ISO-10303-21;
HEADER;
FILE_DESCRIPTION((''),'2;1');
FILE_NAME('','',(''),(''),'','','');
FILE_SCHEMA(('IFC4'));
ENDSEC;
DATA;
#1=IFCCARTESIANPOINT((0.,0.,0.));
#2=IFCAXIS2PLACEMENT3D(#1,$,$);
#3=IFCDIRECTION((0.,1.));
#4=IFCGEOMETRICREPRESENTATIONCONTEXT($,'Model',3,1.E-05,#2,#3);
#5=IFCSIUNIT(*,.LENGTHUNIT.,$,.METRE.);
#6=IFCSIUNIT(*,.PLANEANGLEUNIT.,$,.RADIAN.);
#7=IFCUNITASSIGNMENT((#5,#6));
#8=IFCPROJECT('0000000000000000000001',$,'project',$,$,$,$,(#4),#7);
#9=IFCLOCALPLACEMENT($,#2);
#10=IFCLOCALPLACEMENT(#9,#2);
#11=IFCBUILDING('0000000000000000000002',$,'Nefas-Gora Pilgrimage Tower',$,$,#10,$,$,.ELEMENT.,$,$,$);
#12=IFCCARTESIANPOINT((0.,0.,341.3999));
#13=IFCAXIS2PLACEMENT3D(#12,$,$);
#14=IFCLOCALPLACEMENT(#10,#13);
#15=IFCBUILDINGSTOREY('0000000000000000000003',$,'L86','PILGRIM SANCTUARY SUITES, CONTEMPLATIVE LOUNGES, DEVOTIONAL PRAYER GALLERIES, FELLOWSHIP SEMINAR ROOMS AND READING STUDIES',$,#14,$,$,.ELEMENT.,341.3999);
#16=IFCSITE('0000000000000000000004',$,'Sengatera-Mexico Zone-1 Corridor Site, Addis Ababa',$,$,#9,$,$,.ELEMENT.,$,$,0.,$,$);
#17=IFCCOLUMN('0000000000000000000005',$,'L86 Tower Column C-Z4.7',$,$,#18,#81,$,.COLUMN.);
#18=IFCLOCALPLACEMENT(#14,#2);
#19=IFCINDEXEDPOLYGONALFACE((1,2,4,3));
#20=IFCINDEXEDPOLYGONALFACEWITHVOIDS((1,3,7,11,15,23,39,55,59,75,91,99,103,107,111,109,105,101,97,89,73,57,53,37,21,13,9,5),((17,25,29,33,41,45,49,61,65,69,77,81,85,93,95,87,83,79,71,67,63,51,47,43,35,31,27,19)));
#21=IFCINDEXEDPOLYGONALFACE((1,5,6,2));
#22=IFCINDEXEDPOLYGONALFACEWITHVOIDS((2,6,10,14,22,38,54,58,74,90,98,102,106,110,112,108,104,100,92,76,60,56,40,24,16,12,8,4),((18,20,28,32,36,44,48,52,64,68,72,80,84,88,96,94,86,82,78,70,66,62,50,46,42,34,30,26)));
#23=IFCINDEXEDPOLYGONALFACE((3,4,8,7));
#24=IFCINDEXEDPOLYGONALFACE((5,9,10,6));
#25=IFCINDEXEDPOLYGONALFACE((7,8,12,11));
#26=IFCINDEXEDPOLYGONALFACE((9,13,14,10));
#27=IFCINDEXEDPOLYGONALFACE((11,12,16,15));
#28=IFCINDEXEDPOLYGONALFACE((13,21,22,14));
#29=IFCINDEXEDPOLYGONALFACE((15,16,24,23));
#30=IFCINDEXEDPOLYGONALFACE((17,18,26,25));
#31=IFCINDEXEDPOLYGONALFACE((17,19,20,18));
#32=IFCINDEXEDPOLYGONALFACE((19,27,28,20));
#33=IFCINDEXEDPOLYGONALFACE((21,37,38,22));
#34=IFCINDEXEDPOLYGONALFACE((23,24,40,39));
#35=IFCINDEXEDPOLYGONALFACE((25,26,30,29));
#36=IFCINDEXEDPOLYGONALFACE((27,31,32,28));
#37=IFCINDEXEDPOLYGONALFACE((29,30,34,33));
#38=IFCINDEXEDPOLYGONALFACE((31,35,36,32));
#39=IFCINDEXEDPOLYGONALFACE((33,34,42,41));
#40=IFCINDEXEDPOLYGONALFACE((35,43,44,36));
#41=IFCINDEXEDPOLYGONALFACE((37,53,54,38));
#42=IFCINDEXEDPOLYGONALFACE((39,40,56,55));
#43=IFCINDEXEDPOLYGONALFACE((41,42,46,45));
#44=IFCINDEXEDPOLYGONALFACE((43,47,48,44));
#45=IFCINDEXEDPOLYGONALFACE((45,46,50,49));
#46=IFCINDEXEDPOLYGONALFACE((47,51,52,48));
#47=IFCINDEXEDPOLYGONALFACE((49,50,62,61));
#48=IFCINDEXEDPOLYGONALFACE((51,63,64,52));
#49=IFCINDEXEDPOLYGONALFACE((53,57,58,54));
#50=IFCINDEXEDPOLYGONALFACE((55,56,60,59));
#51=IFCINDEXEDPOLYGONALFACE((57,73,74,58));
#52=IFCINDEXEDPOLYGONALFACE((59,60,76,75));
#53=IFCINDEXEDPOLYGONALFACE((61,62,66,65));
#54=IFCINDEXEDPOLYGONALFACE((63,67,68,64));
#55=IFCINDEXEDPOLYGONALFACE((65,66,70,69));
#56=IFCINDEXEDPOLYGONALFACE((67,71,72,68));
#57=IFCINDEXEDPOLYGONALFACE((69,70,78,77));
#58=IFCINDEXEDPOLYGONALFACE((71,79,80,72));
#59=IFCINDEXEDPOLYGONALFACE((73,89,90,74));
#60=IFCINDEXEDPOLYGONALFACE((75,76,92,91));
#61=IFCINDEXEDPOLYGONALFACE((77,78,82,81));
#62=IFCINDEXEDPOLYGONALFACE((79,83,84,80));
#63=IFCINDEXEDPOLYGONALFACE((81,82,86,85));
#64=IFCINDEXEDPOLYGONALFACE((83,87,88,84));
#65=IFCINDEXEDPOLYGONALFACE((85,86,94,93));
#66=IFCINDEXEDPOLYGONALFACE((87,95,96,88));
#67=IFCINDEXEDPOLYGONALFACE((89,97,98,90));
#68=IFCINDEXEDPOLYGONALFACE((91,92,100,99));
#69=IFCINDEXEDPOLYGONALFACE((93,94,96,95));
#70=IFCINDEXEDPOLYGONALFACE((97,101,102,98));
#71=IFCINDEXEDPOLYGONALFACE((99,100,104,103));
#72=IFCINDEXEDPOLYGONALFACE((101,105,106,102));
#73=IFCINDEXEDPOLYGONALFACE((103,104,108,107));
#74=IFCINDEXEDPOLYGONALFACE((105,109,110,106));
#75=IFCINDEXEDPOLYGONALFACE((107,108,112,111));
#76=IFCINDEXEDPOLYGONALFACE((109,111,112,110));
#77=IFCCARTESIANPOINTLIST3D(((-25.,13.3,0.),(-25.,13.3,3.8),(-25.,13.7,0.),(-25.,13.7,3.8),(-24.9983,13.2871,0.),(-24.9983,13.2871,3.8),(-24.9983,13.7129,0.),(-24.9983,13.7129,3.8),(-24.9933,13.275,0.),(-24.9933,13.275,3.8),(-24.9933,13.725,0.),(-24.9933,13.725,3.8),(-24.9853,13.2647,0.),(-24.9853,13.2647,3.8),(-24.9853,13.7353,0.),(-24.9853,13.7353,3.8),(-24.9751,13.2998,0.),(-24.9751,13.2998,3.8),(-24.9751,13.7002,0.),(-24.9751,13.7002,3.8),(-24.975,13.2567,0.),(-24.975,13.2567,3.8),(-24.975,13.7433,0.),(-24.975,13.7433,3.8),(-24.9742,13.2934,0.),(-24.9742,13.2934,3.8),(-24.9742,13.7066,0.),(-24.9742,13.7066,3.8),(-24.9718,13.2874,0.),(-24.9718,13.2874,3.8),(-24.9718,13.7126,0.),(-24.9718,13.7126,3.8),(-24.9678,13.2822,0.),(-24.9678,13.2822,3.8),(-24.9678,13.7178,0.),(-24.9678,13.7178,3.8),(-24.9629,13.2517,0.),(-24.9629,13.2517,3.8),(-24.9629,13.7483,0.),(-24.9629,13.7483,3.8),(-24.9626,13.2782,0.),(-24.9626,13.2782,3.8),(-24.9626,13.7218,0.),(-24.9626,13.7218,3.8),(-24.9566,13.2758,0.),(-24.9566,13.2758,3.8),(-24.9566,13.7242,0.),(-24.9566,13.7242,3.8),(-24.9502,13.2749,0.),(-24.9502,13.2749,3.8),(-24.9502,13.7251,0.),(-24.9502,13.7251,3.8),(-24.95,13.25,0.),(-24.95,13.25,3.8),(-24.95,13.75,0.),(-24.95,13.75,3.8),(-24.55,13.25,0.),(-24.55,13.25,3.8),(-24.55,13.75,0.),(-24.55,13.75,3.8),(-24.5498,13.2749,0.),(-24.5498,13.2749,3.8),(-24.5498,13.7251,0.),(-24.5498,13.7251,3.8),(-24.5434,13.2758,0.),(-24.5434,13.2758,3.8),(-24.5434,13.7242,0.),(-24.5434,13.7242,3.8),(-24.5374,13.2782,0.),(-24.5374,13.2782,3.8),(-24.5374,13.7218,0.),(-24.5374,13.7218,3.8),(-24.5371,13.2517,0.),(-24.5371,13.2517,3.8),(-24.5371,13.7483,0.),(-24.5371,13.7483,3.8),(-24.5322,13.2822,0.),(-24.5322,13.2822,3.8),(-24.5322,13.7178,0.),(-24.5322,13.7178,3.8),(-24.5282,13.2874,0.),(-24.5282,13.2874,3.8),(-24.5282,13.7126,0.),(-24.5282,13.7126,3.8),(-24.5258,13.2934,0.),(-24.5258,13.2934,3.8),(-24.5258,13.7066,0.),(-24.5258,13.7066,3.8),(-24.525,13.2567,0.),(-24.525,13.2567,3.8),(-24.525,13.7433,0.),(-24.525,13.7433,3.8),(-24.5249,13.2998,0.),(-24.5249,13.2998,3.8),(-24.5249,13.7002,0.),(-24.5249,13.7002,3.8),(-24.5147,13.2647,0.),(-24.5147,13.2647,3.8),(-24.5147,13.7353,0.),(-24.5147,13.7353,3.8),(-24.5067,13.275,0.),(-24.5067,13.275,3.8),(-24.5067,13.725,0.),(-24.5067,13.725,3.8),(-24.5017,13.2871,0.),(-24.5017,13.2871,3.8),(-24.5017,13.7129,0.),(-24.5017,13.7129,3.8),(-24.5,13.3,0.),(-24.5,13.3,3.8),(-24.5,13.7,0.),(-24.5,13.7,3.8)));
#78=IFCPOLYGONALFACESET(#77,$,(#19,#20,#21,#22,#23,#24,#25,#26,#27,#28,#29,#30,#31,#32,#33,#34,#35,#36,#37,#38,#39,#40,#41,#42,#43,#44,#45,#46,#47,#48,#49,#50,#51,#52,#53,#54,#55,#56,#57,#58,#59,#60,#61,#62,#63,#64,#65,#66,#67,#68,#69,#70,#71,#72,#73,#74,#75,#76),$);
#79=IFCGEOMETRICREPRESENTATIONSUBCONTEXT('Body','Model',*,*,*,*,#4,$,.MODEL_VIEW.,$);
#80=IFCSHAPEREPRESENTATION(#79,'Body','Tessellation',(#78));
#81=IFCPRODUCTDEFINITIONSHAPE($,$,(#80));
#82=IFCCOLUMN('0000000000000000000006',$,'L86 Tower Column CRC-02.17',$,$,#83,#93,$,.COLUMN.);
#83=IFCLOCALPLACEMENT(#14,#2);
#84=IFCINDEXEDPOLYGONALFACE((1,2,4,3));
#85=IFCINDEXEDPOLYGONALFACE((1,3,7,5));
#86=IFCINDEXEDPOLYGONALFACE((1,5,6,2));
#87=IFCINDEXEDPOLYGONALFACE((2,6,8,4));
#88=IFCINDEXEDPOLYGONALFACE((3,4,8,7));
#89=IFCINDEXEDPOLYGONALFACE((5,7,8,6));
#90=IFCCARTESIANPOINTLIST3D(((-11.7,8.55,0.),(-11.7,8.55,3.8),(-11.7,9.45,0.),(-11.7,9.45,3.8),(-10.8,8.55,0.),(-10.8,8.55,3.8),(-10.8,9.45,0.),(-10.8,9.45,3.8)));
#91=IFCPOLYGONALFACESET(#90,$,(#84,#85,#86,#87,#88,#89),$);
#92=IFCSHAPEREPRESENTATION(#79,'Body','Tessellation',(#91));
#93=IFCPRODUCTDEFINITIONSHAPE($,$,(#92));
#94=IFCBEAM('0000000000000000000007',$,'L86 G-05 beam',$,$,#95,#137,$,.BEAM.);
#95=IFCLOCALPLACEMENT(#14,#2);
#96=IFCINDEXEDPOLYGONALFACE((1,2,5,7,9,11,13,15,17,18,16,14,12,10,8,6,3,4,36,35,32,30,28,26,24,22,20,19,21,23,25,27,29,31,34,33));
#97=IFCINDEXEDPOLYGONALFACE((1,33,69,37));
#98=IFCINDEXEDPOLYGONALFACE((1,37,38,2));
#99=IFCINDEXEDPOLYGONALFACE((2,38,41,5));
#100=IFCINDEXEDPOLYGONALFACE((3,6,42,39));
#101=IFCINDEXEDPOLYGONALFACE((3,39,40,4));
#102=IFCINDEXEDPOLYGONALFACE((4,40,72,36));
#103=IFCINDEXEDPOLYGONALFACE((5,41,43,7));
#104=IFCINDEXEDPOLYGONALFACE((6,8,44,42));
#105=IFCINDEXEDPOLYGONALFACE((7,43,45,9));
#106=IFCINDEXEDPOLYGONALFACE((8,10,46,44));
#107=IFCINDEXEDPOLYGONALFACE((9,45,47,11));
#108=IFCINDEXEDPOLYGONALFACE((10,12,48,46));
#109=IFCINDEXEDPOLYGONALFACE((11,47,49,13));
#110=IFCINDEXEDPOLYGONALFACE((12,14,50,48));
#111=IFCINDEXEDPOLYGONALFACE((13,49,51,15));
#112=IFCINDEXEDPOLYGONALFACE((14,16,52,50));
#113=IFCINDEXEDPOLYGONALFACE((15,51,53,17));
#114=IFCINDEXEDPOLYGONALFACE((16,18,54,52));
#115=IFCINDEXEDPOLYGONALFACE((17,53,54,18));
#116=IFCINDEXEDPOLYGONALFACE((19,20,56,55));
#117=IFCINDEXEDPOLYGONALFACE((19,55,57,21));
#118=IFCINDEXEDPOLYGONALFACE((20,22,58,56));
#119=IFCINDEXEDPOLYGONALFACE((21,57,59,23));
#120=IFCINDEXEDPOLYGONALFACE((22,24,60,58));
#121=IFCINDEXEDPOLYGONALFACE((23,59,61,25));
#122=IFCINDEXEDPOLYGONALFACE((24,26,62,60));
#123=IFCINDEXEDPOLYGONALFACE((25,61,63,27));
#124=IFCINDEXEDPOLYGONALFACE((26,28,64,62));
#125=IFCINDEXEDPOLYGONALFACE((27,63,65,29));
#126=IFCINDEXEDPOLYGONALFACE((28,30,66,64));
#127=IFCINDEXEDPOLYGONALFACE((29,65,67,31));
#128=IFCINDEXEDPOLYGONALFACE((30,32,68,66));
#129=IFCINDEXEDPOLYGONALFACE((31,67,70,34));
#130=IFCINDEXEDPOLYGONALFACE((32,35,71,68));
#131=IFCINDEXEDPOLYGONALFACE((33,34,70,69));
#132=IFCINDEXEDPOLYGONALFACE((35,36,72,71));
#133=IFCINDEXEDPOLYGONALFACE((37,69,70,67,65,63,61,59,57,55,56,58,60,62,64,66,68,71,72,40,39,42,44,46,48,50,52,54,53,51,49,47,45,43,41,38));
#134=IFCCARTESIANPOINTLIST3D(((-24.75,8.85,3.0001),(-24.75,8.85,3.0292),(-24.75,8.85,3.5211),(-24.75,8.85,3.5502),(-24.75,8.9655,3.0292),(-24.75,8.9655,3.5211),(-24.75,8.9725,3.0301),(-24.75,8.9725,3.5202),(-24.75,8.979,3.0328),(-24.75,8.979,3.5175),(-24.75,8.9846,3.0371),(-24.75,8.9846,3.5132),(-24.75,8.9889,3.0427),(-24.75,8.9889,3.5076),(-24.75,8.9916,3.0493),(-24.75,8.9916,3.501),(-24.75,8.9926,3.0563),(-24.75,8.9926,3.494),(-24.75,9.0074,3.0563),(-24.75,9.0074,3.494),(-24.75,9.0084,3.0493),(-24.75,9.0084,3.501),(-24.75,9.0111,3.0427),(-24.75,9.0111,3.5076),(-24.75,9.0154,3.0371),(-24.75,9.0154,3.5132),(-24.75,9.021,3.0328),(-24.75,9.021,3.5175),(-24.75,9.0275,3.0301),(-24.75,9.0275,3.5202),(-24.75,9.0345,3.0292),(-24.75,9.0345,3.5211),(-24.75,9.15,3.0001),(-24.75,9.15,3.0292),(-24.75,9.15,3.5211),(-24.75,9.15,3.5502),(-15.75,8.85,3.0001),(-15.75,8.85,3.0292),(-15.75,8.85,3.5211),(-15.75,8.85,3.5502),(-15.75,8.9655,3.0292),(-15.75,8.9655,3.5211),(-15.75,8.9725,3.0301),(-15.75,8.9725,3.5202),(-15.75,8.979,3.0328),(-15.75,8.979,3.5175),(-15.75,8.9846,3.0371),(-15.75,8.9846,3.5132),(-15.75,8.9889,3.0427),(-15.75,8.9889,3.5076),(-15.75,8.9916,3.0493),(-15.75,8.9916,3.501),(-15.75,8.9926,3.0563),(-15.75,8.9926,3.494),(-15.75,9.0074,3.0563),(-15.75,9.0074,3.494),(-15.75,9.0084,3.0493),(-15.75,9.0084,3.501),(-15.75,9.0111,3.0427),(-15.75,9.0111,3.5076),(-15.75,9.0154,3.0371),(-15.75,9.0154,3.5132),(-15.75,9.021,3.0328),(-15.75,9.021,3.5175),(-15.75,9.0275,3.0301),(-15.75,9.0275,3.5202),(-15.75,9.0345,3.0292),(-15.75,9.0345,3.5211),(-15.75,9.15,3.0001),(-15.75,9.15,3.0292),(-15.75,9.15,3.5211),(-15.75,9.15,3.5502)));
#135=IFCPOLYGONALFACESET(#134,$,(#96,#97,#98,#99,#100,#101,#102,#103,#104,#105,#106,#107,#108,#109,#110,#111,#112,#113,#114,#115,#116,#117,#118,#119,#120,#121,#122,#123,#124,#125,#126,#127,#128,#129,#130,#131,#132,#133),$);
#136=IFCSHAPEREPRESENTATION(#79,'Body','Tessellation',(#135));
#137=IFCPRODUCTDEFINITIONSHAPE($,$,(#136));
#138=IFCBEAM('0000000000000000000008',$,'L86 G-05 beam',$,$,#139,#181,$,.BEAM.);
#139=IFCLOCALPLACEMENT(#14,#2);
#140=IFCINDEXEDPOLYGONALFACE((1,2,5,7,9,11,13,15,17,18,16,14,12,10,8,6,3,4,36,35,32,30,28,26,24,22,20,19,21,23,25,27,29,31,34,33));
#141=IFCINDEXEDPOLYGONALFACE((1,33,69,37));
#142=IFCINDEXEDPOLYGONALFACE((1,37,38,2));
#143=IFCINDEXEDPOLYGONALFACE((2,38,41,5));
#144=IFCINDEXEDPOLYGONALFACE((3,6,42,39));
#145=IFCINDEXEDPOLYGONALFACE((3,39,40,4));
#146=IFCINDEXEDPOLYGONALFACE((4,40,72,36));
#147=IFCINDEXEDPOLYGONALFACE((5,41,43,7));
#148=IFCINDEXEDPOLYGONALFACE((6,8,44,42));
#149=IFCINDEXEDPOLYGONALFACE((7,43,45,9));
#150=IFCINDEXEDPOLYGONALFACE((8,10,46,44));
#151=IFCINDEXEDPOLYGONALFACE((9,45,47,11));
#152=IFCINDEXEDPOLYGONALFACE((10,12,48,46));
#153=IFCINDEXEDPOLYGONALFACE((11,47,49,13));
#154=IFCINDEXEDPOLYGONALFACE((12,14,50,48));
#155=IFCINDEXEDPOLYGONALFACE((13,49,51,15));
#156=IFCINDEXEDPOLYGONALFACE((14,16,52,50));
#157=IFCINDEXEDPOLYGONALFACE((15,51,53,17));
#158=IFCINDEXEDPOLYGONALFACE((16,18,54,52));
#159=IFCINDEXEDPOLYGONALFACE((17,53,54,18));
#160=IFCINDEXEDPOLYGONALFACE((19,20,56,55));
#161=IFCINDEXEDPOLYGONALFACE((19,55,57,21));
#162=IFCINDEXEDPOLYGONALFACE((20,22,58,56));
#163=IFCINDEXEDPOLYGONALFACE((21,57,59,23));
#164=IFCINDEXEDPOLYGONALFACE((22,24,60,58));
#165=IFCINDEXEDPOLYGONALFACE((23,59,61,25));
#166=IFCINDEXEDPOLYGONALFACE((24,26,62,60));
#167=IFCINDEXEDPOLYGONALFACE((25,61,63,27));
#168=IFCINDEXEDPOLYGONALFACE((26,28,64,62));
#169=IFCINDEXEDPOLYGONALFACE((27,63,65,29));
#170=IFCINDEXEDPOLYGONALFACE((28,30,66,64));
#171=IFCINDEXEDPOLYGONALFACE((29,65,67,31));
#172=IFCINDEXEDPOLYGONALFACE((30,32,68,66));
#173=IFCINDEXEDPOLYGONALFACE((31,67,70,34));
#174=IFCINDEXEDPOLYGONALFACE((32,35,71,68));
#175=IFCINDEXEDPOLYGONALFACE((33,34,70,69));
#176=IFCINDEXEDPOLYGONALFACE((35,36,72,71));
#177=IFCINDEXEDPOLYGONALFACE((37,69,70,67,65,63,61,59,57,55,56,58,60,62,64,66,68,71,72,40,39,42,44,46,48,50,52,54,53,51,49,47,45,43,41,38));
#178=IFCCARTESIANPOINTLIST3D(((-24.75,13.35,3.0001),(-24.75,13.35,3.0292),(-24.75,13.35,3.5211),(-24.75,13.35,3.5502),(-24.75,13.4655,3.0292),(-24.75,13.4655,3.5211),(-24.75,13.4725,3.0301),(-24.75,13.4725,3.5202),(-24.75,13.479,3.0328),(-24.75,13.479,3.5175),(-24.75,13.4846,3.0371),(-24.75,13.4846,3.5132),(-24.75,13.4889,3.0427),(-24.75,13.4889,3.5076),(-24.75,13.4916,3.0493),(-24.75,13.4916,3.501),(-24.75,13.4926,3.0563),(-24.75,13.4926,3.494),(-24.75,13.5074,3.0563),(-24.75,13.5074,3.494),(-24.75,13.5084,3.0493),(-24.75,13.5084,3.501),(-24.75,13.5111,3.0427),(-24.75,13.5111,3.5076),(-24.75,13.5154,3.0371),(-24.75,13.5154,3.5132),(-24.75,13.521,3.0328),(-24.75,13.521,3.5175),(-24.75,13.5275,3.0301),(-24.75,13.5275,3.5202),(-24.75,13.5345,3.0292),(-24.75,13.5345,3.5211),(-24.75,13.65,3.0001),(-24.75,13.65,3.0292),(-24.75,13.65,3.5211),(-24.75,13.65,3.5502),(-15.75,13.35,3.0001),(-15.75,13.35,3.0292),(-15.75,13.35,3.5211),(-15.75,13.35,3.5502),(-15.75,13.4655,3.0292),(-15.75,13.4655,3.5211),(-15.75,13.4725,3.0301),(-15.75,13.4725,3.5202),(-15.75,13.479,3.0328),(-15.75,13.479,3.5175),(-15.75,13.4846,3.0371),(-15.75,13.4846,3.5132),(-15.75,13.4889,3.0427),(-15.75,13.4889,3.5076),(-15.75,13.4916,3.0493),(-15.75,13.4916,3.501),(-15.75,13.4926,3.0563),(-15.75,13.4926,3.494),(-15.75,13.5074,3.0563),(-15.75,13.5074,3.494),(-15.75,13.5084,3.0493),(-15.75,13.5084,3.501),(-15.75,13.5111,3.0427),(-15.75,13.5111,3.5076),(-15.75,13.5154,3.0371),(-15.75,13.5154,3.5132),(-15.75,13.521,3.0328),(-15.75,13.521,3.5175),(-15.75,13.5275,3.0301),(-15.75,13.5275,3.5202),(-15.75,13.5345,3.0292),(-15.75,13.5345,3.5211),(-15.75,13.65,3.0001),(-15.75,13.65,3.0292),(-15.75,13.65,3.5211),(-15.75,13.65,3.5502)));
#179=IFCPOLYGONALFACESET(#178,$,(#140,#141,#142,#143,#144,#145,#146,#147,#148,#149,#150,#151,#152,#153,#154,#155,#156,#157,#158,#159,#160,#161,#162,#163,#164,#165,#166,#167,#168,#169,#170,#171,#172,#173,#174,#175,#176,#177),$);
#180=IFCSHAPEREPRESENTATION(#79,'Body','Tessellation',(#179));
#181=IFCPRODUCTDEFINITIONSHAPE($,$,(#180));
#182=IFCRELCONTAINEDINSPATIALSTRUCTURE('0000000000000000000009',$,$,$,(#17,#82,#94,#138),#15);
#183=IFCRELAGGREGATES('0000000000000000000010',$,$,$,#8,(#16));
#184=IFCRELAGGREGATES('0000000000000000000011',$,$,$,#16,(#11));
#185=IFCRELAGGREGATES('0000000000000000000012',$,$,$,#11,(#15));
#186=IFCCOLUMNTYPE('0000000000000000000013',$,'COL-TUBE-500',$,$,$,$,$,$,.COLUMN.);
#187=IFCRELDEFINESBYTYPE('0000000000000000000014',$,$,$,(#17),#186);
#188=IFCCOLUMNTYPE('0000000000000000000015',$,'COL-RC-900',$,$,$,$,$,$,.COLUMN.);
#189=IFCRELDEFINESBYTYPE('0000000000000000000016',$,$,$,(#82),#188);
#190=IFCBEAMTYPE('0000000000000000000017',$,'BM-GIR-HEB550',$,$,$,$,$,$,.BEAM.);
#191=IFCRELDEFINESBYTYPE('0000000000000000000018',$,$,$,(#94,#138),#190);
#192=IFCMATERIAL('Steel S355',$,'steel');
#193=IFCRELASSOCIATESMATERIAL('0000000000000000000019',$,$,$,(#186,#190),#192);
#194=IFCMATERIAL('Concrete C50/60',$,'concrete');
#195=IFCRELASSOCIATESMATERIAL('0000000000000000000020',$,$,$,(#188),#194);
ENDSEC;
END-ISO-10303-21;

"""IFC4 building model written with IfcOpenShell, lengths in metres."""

from ifc_helpers import new_model, si_unit, direction, frame, origin, origin_2d, place, context, subcontext, project, spatial, rectangle, hollow_rectangle, i_section, extrude, source, transform, mapped, material, material_profile, profile_set, type_object, element, save


model = new_model("IFC4")

# Units and contexts
model_context = context("Model", 3, precision=1e-05, world=origin(), true_north=direction((0.0, 1.0)))
body_context = subcontext(model_context, "Body", "Model", "MODEL_VIEW")
ifc_project = project(units=[si_unit("LENGTHUNIT", "METRE"), si_unit("PLANEANGLEUNIT", "RADIAN")], contexts=[model_context])

# Site, building, storey
site_placement = place(None, origin())
site = spatial("IfcSite", under=ifc_project, at=site_placement, Name="Sengatera-Mexico Zone-1 Corridor Site, Addis Ababa", CompositionType="ELEMENT", RefElevation=0.0)
building_placement = place(site_placement, origin())
building = spatial("IfcBuilding", under=site, at=building_placement, Name="Nefas-Gora Pilgrimage Tower", CompositionType="ELEMENT")
storey_placement = place(building_placement, frame((0.0, 0.0, 341.3999)))
storey = spatial("IfcBuildingStorey", under=building, at=storey_placement, Name="L86", Description="PILGRIM SANCTUARY SUITES, CONTEMPLATIVE LOUNGES, DEVOTIONAL PRAYER GALLERIES, FELLOWSHIP SEMINAR ROOMS AND READING STUDIES", CompositionType="ELEMENT", Elevation=341.3999)

# Columns
ifc_material_1 = material(Name="Steel S355", Category="steel")
ifc_material_profile_1 = material_profile(ifc_material_1, hollow_rectangle(XDim=0.5, YDim=0.5, WallThickness=0.0249, InnerFilletRadius=0.0249, OuterFilletRadius=0.05, at=origin_2d()), Name="SHS 500x500x25")
ifc_profile_set_1 = profile_set([ifc_material_profile_1], Name="Steel S355")
column_type_1 = type_object("IfcColumnType", Name="COL-TUBE-500", PredefinedType="COLUMN", material=ifc_profile_set_1)
shared_shape_1 = source(origin(), body_context, "Body", "SweptSolid", [
    extrude(hollow_rectangle(XDim=0.5, YDim=0.5, WallThickness=0.0249, InnerFilletRadius=0.0249, OuterFilletRadius=0.05, at=origin_2d()), origin(), (0.0, 0.0, 1.0), 3.8),
])
column_1_placement = place(storey_placement, frame((-24.75, 13.5, 0.0), z_axis=(0.0, 0.0, 1.0), x_axis=(1.0, 0.0, 0.0)))
element("IfcColumn", 1, at=column_1_placement, inside=storey, type_object=column_type_1, Name="L86 Tower Column C-Z4.7", PredefinedType="COLUMN", context=body_context, shape_type="MappedRepresentation", body=[
    mapped(shared_shape_1, transform((0.0, 0.0, 0.0), x_axis=(1.0, 0.0, 0.0), y_axis=(0.0, 1.0, 0.0), z_axis=(0.0, 0.0, 1.0), scale=1.0)),
])
ifc_material_2 = material(Name="Concrete C50/60", Category="concrete")
ifc_material_profile_2 = material_profile(ifc_material_2, rectangle(XDim=0.8999, YDim=0.8999, at=origin_2d()), Name="RC 900x900")
ifc_profile_set_2 = profile_set([ifc_material_profile_2], Name="Concrete C50/60")
column_type_2 = type_object("IfcColumnType", Name="COL-RC-900", PredefinedType="COLUMN", material=ifc_profile_set_2)
shared_shape_2 = source(origin(), body_context, "Body", "SweptSolid", [
    extrude(rectangle(XDim=0.8999, YDim=0.8999, at=origin_2d()), origin(), (0.0, 0.0, 1.0), 3.8),
])
column_2_placement = place(storey_placement, frame((-11.25, 9.0, 0.0), z_axis=(0.0, 0.0, 1.0), x_axis=(1.0, 0.0, 0.0)))
element("IfcColumn", 2, at=column_2_placement, inside=storey, type_object=column_type_2, Name="L86 Tower Column CRC-02.17", PredefinedType="COLUMN", context=body_context, shape_type="MappedRepresentation", body=[
    mapped(shared_shape_2, transform((0.0, 0.0, 0.0), x_axis=(1.0, 0.0, 0.0), y_axis=(0.0, 1.0, 0.0), z_axis=(0.0, 0.0, 1.0), scale=1.0)),
])

# Beams
ifc_material_profile_3 = material_profile(ifc_material_1, i_section(OverallWidth=0.3, OverallDepth=0.55, WebThickness=0.0149, FlangeThickness=0.0291, FilletRadius=0.0271, at=origin_2d()), Name="HEB 550")
ifc_profile_set_3 = profile_set([ifc_material_profile_3], Name="Steel S355")
beam_type = type_object("IfcBeamType", Name="BM-GIR-HEB550", PredefinedType="BEAM", material=ifc_profile_set_3)
shared_shape_3 = source(origin(), body_context, "Body", "SweptSolid", [
    extrude(i_section(OverallWidth=0.3, OverallDepth=0.55, WebThickness=0.0149, FlangeThickness=0.0291, FilletRadius=0.0271, at=origin_2d()), origin(), (0.0, 0.0, 1.0), 9.0),
])
for number, where, z_axis, x_axis, name in (
    (3, (-24.75, 9.0, 3.2751), (1.0, 0.0, 0.0), (0.0, 1.0, 0.0), "L86 G-05 beam"),
    (4, (-24.75, 13.5, 3.2751), (1.0, 0.0, 0.0), (0.0, 1.0, 0.0), "L86 G-05 beam"),
):
    element("IfcBeam", number, at=place(storey_placement, frame(where, z_axis=z_axis, x_axis=x_axis)), inside=storey, type_object=beam_type, Name=name, PredefinedType="BEAM", context=body_context, shape_type="MappedRepresentation", body=[
        mapped(shared_shape_3, transform((0.0, 0.0, 0.0), x_axis=(1.0, 0.0, 0.0), y_axis=(0.0, 1.0, 0.0), z_axis=(0.0, 0.0, 1.0), scale=1.0)),
    ])

save(model, "model.ifc")
